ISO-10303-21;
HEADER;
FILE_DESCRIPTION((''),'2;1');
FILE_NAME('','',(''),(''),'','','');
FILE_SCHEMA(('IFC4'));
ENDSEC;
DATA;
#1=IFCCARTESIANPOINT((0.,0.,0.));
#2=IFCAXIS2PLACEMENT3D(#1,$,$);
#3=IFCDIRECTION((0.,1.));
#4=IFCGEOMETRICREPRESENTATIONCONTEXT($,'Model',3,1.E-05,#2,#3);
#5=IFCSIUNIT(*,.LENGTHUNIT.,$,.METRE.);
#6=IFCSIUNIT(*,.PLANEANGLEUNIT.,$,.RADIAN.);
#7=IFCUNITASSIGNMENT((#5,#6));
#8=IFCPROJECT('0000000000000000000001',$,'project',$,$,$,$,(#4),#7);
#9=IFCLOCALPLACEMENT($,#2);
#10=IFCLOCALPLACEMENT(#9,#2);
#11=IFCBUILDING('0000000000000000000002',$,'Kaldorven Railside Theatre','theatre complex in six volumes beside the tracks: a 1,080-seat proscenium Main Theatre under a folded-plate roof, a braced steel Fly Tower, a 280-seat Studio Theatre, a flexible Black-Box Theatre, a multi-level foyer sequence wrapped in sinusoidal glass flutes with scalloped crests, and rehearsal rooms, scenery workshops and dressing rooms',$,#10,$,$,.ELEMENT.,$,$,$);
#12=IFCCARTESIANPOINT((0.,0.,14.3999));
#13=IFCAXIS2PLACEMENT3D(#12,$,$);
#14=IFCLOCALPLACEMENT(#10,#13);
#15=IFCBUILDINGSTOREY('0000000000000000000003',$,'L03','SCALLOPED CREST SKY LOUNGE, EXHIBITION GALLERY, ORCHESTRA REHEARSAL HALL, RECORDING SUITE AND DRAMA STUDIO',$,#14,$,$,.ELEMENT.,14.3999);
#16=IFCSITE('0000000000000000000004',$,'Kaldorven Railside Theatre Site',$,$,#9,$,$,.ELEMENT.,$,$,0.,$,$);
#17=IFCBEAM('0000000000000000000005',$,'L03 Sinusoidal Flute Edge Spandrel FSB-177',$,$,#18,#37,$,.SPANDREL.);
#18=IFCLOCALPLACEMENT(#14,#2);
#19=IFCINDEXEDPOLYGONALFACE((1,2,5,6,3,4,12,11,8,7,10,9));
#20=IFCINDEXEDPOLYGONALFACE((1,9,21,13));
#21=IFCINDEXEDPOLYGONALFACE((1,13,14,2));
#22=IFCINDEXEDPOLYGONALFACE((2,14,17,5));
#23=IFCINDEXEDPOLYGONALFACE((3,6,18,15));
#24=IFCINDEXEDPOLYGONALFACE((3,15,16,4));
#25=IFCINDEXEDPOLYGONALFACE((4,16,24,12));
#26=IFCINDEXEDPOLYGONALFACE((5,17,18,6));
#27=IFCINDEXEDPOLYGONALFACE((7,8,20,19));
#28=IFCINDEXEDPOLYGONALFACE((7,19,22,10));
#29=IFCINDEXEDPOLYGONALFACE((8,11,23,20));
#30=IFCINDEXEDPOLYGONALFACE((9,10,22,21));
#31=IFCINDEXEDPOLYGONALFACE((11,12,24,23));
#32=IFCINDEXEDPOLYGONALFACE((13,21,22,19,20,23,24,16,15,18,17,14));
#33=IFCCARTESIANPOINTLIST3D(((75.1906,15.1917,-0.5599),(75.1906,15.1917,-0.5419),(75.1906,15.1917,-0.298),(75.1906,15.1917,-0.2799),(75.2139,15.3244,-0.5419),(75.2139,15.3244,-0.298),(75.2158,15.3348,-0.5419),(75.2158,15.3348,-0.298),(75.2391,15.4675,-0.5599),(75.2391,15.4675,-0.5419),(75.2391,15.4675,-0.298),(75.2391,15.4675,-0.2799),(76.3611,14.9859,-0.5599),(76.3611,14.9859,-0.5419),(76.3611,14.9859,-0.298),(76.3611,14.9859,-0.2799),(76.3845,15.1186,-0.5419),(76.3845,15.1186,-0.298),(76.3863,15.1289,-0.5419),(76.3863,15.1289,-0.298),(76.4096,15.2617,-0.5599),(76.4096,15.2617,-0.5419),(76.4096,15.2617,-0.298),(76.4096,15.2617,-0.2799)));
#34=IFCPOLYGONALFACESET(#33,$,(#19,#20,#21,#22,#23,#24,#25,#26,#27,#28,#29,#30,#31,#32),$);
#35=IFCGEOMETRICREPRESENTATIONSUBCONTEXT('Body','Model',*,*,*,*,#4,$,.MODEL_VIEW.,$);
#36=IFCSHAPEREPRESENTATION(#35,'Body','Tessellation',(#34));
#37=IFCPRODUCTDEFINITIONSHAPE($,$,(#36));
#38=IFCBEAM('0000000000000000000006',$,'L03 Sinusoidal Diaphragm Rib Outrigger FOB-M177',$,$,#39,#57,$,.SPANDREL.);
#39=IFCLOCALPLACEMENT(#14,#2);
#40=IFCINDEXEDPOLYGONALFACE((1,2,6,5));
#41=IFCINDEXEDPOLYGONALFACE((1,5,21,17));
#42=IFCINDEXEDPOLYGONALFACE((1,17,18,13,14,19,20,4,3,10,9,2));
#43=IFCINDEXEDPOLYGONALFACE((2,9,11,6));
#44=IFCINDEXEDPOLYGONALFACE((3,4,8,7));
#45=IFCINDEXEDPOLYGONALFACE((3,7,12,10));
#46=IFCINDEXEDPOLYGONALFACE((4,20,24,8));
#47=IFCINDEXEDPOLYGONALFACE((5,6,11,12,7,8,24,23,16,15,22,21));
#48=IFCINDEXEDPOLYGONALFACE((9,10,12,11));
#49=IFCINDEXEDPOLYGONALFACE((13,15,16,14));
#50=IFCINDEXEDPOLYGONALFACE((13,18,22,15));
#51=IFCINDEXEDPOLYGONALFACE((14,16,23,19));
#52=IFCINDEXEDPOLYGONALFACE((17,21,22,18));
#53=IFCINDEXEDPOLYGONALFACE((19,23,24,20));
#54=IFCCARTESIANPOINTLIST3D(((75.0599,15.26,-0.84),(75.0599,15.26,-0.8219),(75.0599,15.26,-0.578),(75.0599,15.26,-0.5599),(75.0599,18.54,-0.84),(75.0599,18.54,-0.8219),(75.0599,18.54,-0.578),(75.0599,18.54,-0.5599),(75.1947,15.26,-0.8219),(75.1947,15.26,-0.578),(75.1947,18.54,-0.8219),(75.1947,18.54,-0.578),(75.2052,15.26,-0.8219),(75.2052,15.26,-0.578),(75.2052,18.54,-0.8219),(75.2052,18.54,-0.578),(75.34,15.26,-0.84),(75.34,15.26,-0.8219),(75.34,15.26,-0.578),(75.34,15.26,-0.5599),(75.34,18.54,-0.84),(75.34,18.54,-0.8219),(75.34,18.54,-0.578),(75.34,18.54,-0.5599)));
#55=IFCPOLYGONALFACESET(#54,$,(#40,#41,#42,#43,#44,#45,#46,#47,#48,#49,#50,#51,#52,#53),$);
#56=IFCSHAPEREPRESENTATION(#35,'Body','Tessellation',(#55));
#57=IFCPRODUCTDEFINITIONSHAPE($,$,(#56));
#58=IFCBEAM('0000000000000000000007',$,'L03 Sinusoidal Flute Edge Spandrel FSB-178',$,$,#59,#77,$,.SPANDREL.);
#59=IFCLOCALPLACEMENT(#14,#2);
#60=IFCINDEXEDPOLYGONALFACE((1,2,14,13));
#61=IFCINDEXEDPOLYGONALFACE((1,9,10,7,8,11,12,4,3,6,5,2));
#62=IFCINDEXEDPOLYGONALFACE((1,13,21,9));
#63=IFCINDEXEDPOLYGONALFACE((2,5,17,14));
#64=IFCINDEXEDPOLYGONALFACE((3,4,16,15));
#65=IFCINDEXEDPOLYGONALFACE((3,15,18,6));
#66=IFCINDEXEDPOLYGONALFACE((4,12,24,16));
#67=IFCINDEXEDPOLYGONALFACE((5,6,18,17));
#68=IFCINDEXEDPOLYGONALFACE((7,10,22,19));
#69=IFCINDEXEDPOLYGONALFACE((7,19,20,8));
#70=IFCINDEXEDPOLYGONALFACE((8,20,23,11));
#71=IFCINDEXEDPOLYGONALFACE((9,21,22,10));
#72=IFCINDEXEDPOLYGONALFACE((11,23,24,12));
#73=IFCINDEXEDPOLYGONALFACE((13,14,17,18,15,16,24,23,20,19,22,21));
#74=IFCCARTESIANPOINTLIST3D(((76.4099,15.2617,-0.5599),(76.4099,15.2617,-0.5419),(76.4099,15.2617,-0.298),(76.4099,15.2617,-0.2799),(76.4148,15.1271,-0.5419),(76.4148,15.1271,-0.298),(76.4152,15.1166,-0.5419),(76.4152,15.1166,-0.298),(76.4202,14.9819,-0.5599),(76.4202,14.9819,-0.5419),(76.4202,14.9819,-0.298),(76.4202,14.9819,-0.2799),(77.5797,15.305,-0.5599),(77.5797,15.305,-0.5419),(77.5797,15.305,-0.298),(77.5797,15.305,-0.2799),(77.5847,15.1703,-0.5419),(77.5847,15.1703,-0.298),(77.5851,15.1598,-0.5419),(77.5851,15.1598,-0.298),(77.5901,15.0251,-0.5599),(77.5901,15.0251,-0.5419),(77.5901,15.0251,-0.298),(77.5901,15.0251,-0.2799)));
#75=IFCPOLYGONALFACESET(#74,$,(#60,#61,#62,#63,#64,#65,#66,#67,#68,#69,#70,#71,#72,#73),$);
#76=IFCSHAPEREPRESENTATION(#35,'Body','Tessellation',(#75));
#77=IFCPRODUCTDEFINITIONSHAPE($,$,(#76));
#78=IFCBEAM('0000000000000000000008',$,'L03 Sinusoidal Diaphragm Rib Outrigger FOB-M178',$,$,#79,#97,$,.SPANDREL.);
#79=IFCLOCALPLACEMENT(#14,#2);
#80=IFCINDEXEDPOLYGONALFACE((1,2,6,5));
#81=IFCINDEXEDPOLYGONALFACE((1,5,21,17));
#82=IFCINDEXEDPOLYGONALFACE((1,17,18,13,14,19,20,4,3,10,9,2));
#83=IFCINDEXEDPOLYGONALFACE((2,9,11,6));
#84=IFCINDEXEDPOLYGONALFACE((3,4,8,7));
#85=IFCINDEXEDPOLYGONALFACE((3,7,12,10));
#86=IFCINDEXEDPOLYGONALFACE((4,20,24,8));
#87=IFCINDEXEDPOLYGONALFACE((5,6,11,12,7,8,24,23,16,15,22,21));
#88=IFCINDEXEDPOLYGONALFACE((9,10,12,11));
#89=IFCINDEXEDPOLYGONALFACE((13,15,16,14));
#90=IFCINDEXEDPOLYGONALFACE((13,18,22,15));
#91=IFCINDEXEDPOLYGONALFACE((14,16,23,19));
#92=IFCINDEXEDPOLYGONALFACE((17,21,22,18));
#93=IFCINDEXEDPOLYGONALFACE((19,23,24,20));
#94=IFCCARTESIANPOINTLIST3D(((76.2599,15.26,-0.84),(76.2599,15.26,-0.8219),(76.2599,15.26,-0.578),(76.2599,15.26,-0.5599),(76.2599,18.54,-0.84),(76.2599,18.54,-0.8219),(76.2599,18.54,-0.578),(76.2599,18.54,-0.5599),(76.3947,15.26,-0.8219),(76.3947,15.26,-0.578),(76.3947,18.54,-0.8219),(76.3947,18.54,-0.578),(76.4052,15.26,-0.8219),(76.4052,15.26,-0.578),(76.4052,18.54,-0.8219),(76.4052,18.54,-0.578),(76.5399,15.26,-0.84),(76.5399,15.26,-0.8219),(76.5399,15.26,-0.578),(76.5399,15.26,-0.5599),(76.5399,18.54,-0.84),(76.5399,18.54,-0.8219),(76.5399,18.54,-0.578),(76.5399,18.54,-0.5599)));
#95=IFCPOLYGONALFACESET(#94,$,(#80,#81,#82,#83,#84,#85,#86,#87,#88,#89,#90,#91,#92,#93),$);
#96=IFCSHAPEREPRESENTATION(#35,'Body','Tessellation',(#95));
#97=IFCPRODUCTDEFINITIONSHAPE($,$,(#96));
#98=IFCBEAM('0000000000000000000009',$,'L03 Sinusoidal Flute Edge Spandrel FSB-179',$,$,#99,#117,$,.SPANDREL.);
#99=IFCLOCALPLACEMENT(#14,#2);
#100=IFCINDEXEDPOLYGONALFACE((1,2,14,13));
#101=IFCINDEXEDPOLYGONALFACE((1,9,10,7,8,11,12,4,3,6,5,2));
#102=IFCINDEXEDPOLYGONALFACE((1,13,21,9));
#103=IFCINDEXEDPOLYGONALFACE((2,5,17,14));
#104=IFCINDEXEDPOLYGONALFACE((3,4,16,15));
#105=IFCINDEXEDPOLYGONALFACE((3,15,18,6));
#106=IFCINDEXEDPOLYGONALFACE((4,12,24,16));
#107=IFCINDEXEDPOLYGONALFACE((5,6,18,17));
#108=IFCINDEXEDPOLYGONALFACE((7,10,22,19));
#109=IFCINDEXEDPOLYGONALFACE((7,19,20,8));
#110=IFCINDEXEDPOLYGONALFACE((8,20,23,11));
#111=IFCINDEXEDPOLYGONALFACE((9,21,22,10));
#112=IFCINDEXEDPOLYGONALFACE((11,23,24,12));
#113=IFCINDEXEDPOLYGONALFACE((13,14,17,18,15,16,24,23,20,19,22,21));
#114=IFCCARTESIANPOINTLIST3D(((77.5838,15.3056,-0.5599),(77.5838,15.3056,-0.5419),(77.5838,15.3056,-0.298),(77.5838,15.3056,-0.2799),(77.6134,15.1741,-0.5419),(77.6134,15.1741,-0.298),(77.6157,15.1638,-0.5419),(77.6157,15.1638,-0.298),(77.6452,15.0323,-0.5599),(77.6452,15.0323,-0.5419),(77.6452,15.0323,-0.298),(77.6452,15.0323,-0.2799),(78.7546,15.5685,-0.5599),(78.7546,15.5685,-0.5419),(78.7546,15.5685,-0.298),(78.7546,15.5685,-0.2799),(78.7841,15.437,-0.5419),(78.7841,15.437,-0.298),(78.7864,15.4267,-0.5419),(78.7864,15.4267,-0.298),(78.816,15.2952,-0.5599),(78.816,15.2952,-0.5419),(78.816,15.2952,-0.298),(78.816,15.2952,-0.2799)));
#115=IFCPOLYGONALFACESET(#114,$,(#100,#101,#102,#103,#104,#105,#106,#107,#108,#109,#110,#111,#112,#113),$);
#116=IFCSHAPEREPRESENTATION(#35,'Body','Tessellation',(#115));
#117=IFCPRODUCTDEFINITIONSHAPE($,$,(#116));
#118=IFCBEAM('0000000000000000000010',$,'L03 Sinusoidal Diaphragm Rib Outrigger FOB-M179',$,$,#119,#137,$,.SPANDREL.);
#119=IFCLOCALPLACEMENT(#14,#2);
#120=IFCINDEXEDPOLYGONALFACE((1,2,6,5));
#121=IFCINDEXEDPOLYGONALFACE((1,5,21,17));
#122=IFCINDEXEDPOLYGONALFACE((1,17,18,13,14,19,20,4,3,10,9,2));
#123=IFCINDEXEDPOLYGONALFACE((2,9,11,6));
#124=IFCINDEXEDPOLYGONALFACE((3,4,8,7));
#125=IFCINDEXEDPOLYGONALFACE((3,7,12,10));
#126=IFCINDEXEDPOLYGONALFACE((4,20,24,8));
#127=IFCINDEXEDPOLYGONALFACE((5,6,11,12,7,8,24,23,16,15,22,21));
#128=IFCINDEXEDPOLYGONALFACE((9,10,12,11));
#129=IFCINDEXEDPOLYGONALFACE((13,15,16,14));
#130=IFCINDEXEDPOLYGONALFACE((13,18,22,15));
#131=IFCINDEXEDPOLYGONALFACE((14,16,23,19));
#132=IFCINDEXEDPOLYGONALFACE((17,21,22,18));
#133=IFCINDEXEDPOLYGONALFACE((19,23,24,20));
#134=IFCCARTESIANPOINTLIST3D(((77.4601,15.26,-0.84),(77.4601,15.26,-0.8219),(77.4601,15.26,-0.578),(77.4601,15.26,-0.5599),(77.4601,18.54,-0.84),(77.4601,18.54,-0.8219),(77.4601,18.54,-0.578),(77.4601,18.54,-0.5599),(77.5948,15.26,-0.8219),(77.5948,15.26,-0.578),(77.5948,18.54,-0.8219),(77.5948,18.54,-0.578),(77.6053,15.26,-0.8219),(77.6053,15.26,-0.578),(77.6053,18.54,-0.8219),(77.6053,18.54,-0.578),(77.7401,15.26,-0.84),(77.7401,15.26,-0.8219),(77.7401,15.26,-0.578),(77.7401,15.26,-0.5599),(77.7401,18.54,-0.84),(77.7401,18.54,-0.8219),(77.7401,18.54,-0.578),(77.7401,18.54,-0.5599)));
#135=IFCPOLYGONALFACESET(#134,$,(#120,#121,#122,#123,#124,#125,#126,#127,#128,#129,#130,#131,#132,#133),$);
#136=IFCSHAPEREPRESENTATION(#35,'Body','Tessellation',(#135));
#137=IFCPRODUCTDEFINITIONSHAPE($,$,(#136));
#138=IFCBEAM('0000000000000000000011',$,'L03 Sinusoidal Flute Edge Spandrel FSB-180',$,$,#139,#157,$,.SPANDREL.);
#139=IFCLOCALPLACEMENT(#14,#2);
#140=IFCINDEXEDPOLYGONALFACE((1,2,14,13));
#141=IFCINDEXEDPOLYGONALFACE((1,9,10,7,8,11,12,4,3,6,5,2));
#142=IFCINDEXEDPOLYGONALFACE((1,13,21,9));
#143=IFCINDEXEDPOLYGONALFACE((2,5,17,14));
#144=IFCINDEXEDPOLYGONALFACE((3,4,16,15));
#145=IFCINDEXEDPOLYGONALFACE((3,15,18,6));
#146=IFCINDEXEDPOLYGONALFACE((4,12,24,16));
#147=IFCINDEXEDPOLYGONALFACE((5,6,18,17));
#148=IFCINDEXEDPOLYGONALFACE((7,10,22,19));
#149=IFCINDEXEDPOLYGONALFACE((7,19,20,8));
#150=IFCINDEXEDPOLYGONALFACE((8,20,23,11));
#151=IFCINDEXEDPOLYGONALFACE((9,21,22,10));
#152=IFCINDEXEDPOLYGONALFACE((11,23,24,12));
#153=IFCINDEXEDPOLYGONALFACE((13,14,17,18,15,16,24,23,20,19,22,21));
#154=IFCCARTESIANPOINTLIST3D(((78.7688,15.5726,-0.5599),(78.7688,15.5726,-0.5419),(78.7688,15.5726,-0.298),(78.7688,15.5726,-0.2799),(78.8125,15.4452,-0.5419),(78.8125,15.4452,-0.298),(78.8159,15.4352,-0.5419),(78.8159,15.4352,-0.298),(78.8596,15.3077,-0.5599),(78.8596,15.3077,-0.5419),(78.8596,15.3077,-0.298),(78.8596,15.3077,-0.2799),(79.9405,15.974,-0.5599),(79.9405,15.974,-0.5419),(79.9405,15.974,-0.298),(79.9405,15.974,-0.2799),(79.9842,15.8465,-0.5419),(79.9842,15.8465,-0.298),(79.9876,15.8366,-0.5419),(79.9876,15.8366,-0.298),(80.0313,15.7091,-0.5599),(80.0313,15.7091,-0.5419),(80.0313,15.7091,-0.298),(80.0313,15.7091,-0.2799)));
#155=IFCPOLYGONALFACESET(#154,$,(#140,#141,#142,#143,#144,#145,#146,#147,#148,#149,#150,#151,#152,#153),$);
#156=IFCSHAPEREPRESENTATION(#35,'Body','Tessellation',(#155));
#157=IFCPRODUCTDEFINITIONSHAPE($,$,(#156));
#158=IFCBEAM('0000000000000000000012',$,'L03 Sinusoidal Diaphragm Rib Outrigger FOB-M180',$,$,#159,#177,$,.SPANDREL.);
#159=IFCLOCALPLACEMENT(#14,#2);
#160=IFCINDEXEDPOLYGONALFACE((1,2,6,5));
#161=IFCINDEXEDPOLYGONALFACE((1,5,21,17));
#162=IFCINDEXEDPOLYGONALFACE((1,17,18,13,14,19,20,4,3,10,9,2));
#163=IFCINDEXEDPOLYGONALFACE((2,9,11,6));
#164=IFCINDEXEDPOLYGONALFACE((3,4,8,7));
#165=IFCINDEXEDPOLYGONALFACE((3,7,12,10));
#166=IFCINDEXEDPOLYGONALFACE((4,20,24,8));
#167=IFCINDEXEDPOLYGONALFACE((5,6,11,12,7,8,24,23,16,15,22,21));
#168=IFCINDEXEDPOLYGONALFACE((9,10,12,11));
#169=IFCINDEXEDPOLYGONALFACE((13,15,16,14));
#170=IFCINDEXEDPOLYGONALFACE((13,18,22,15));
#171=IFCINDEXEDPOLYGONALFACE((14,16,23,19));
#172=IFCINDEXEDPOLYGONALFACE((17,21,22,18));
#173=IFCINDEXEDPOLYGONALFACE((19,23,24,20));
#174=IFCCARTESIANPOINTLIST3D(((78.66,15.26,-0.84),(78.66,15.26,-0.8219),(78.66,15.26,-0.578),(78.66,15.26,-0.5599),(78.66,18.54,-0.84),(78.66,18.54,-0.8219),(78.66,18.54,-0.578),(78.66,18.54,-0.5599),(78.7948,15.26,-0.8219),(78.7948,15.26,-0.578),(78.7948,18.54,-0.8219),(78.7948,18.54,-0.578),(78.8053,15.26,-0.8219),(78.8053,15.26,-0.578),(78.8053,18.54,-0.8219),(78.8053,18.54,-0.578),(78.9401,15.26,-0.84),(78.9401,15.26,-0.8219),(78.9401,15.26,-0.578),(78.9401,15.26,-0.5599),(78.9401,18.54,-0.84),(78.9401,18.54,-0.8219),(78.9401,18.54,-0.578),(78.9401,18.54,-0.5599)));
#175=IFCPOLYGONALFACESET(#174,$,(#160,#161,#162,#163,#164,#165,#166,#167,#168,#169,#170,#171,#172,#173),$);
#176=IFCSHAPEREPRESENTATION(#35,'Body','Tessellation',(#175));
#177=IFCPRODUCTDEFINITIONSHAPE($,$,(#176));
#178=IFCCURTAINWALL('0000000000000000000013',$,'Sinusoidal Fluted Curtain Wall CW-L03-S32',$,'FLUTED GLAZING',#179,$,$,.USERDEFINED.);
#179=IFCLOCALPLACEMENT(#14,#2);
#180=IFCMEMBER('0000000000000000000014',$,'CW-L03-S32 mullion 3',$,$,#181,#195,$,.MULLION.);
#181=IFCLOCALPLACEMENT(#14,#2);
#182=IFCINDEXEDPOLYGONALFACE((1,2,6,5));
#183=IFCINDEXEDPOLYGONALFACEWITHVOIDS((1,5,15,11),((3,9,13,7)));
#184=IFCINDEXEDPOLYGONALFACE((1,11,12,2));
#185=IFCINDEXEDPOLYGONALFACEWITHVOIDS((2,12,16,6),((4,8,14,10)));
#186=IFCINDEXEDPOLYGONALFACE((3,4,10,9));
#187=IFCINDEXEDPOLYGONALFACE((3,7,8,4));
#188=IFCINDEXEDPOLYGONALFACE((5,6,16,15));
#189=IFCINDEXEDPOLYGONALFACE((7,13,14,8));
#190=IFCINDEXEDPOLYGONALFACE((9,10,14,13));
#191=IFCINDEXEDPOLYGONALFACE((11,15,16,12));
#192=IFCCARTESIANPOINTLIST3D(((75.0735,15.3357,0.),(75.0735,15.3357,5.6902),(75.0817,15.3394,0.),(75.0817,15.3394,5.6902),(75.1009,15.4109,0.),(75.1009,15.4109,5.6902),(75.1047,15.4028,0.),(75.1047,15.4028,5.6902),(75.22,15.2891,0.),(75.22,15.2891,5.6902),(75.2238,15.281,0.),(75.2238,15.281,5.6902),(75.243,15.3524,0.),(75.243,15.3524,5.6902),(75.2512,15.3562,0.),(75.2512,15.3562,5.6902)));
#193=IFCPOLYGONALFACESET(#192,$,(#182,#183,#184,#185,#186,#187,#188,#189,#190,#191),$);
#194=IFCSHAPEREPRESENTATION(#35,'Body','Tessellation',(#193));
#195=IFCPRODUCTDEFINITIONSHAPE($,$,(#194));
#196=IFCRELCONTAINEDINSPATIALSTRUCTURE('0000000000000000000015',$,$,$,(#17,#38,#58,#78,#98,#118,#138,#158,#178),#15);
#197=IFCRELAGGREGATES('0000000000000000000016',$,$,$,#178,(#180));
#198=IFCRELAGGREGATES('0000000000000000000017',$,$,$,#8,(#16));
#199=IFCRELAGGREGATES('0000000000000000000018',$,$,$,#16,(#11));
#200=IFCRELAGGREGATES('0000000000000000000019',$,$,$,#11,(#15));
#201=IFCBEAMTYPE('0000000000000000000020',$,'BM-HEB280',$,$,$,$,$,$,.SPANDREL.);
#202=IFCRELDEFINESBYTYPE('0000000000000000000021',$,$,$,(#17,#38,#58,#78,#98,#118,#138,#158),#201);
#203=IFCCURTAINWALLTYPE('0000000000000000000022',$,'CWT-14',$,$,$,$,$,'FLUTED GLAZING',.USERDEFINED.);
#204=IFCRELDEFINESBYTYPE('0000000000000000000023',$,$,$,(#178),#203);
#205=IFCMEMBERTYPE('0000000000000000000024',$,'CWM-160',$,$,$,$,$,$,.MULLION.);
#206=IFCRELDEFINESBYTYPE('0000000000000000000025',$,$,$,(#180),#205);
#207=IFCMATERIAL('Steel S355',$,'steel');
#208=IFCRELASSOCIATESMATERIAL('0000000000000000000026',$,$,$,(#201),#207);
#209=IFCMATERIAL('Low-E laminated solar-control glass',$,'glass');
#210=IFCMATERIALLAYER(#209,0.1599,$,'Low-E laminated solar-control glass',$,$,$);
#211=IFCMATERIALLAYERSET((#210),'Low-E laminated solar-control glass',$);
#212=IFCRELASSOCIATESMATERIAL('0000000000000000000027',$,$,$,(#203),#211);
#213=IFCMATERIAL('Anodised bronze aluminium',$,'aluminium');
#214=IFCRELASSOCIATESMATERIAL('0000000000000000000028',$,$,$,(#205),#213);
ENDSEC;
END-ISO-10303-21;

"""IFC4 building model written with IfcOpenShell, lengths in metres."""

from ifc_helpers import new_model, si_unit, direction, frame, origin, origin_2d, place, context, subcontext, project, spatial, hollow_rectangle, i_section, extrude, material, layer, layer_set, material_profile, profile_set, type_object, element, aggregate, save


model = new_model("IFC4")

# Units and contexts
model_context = context("Model", 3, precision=1e-05, world=origin(), true_north=direction((0.0, 1.0)))
body_context = subcontext(model_context, "Body", "Model", "MODEL_VIEW")
ifc_project = project(units=[si_unit("LENGTHUNIT", "METRE"), si_unit("PLANEANGLEUNIT", "RADIAN")], contexts=[model_context])

# Site, building, storey
site_placement = place(None, origin())
site = spatial("IfcSite", under=ifc_project, at=site_placement, Name="Kaldorven Railside Theatre Site", CompositionType="ELEMENT", RefElevation=0.0)
building_placement = place(site_placement, origin())
building = spatial("IfcBuilding", under=site, at=building_placement, Name="Kaldorven Railside Theatre", Description="theatre complex in six volumes beside the tracks: a 1,080-seat proscenium Main Theatre under a folded-plate roof, a braced steel Fly Tower, a 280-seat Studio Theatre, a flexible Black-Box Theatre, a multi-level foyer sequence wrapped in sinusoidal glass flutes with scalloped crests, and rehearsal rooms, scenery workshops and dressing rooms", CompositionType="ELEMENT")
storey_placement = place(building_placement, frame((0.0, 0.0, 14.3999)))
storey = spatial("IfcBuildingStorey", under=building, at=storey_placement, Name="L03", Description="SCALLOPED CREST SKY LOUNGE, EXHIBITION GALLERY, ORCHESTRA REHEARSAL HALL, RECORDING SUITE AND DRAMA STUDIO", CompositionType="ELEMENT", Elevation=14.3999)

# Beams
ifc_material_1 = material(Name="Steel S355", Category="steel")
ifc_material_profile_1 = material_profile(ifc_material_1, i_section(OverallWidth=0.28, OverallDepth=0.28, WebThickness=0.0105, FlangeThickness=0.0181, at=origin_2d()), Name="HEB 280")
ifc_profile_set_1 = profile_set([ifc_material_profile_1], Name="Steel S355")
beam_type = type_object("IfcBeamType", Name="BM-HEB280", PredefinedType="SPANDREL", material=ifc_profile_set_1)
beam_1_placement = place(storey_placement, frame((75.2148, 15.3296, -0.4199), z_axis=(0.984889, -0.173188, 0.0), x_axis=(0.173188, 0.984889, 0.0)))
element("IfcBeam", 1, at=beam_1_placement, inside=storey, type_object=beam_type, Name="L03 Sinusoidal Flute Edge Spandrel FSB-177", PredefinedType="SPANDREL", context=body_context, shape_type="SweptSolid", body=[
    extrude(i_section(OverallWidth=0.28, OverallDepth=0.28, WebThickness=0.0105, FlangeThickness=0.0181, at=origin_2d()), origin(), (0.0, 0.0, 1.0), 1.1885),
])
beam_2_placement = place(storey_placement, frame((75.2, 15.26, -0.7), z_axis=(0.0, 1.0, 0.0), x_axis=(-1.0, 0.0, 0.0)))
element("IfcBeam", 2, at=beam_2_placement, inside=storey, type_object=beam_type, Name="L03 Sinusoidal Diaphragm Rib Outrigger FOB-M177", PredefinedType="SPANDREL", context=body_context, shape_type="SweptSolid", body=[
    extrude(i_section(OverallWidth=0.28, OverallDepth=0.28, WebThickness=0.0105, FlangeThickness=0.0181, at=origin_2d()), origin(), (0.0, 0.0, 1.0), 3.28),
])
beam_3_placement = place(storey_placement, frame((76.415, 15.1218, -0.4199), z_axis=(0.999319, 0.036911, 0.0), x_axis=(-0.036911, 0.999319, 0.0)))
element("IfcBeam", 3, at=beam_3_placement, inside=storey, type_object=beam_type, Name="L03 Sinusoidal Flute Edge Spandrel FSB-178", PredefinedType="SPANDREL", context=body_context, shape_type="SweptSolid", body=[
    extrude(i_section(OverallWidth=0.28, OverallDepth=0.28, WebThickness=0.0105, FlangeThickness=0.0181, at=origin_2d()), origin(), (0.0, 0.0, 1.0), 1.1707),
])
beam_4_placement = place(storey_placement, frame((76.3999, 15.26, -0.7), z_axis=(0.0, 1.0, 0.0), x_axis=(-1.0, 0.0, 0.0)))
element("IfcBeam", 4, at=beam_4_placement, inside=storey, type_object=beam_type, Name="L03 Sinusoidal Diaphragm Rib Outrigger FOB-M178", PredefinedType="SPANDREL", context=body_context, shape_type="SweptSolid", body=[
    extrude(i_section(OverallWidth=0.28, OverallDepth=0.28, WebThickness=0.0105, FlangeThickness=0.0181, at=origin_2d()), origin(), (0.0, 0.0, 1.0), 3.28),
])
beam_5_placement = place(storey_placement, frame((77.6145, 15.1689, -0.4199), z_axis=(0.975701, 0.219106, 0.0), x_axis=(-0.219106, 0.975701, 0.0)))
element("IfcBeam", 5, at=beam_5_placement, inside=storey, type_object=beam_type, Name="L03 Sinusoidal Flute Edge Spandrel FSB-179", PredefinedType="SPANDREL", context=body_context, shape_type="SweptSolid", body=[
    extrude(i_section(OverallWidth=0.28, OverallDepth=0.28, WebThickness=0.0105, FlangeThickness=0.0181, at=origin_2d()), origin(), (0.0, 0.0, 1.0), 1.2),
])
beam_6_placement = place(storey_placement, frame((77.6001, 15.26, -0.7), z_axis=(0.0, 1.0, 0.0), x_axis=(-1.0, 0.0, 0.0)))
element("IfcBeam", 6, at=beam_6_placement, inside=storey, type_object=beam_type, Name="L03 Sinusoidal Diaphragm Rib Outrigger FOB-M179", PredefinedType="SPANDREL", context=body_context, shape_type="SweptSolid", body=[
    extrude(i_section(OverallWidth=0.28, OverallDepth=0.28, WebThickness=0.0105, FlangeThickness=0.0181, at=origin_2d()), origin(), (0.0, 0.0, 1.0), 3.28),
])
beam_7_placement = place(storey_placement, frame((78.8142, 15.4402, -0.4199), z_axis=(0.946029, 0.324082, 0.0), x_axis=(-0.324082, 0.946029, 0.0)))
element("IfcBeam", 7, at=beam_7_placement, inside=storey, type_object=beam_type, Name="L03 Sinusoidal Flute Edge Spandrel FSB-180", PredefinedType="SPANDREL", context=body_context, shape_type="SweptSolid", body=[
    extrude(i_section(OverallWidth=0.28, OverallDepth=0.28, WebThickness=0.0105, FlangeThickness=0.0181, at=origin_2d()), origin(), (0.0, 0.0, 1.0), 1.2385),
])
beam_8_placement = place(storey_placement, frame((78.8, 15.26, -0.7), z_axis=(0.0, 1.0, 0.0), x_axis=(-1.0, 0.0, 0.0)))
element("IfcBeam", 8, at=beam_8_placement, inside=storey, type_object=beam_type, Name="L03 Sinusoidal Diaphragm Rib Outrigger FOB-M180", PredefinedType="SPANDREL", context=body_context, shape_type="SweptSolid", body=[
    extrude(i_section(OverallWidth=0.28, OverallDepth=0.28, WebThickness=0.0105, FlangeThickness=0.0181, at=origin_2d()), origin(), (0.0, 0.0, 1.0), 3.28),
])

# Curtain wall, member
ifc_material_2 = material(Name="Low-E laminated solar-control glass", Category="glass")
ifc_layer_1 = layer(ifc_material_2, 0.1599, Name="Low-E laminated solar-control glass")
ifc_layer_set_1 = layer_set([ifc_layer_1], Name="Low-E laminated solar-control glass")
curtain_wall_type_1 = type_object("IfcCurtainWallType", Name="CWT-14", ElementType="FLUTED GLAZING", PredefinedType="USERDEFINED", material=ifc_layer_set_1)
curtain_wall_1_placement = place(storey_placement, origin())
curtain_wall_1 = element("IfcCurtainWall", 9, at=curtain_wall_1_placement, inside=storey, type_object=curtain_wall_type_1, Name="Sinusoidal Fluted Curtain Wall CW-L03-S32", ObjectType="FLUTED GLAZING", PredefinedType="USERDEFINED")
ifc_material_3 = material(Name="Anodised bronze aluminium", Category="aluminium")
ifc_material_profile_2 = material_profile(ifc_material_3, hollow_rectangle(XDim=0.0801, YDim=0.1599, WallThickness=0.0063, at=origin_2d()), Name="RHS 160x80x6.3")
ifc_profile_set_2 = profile_set([ifc_material_profile_2], Name="Anodised bronze aluminium")
member_type_1 = type_object("IfcMemberType", Name="CWM-160", PredefinedType="MULLION", material=ifc_profile_set_2)
member_1_placement = place(storey_placement, frame((75.1624, 15.3459, 0.0), z_axis=(0.0, 0.0, 1.0), x_axis=(0.341837, 0.939759, 0.0)))
member_1 = element("IfcMember", 10, at=member_1_placement, type_object=member_type_1, Name="CW-L03-S32 mullion 3", PredefinedType="MULLION", context=body_context, shape_type="SweptSolid", body=[
    extrude(hollow_rectangle(XDim=0.0801, YDim=0.1599, WallThickness=0.0063, at=origin_2d()), origin(), (0.0, 0.0, 1.0), 5.6902),
])
aggregate(curtain_wall_1, [member_1])

save(model, "model.ifc")
